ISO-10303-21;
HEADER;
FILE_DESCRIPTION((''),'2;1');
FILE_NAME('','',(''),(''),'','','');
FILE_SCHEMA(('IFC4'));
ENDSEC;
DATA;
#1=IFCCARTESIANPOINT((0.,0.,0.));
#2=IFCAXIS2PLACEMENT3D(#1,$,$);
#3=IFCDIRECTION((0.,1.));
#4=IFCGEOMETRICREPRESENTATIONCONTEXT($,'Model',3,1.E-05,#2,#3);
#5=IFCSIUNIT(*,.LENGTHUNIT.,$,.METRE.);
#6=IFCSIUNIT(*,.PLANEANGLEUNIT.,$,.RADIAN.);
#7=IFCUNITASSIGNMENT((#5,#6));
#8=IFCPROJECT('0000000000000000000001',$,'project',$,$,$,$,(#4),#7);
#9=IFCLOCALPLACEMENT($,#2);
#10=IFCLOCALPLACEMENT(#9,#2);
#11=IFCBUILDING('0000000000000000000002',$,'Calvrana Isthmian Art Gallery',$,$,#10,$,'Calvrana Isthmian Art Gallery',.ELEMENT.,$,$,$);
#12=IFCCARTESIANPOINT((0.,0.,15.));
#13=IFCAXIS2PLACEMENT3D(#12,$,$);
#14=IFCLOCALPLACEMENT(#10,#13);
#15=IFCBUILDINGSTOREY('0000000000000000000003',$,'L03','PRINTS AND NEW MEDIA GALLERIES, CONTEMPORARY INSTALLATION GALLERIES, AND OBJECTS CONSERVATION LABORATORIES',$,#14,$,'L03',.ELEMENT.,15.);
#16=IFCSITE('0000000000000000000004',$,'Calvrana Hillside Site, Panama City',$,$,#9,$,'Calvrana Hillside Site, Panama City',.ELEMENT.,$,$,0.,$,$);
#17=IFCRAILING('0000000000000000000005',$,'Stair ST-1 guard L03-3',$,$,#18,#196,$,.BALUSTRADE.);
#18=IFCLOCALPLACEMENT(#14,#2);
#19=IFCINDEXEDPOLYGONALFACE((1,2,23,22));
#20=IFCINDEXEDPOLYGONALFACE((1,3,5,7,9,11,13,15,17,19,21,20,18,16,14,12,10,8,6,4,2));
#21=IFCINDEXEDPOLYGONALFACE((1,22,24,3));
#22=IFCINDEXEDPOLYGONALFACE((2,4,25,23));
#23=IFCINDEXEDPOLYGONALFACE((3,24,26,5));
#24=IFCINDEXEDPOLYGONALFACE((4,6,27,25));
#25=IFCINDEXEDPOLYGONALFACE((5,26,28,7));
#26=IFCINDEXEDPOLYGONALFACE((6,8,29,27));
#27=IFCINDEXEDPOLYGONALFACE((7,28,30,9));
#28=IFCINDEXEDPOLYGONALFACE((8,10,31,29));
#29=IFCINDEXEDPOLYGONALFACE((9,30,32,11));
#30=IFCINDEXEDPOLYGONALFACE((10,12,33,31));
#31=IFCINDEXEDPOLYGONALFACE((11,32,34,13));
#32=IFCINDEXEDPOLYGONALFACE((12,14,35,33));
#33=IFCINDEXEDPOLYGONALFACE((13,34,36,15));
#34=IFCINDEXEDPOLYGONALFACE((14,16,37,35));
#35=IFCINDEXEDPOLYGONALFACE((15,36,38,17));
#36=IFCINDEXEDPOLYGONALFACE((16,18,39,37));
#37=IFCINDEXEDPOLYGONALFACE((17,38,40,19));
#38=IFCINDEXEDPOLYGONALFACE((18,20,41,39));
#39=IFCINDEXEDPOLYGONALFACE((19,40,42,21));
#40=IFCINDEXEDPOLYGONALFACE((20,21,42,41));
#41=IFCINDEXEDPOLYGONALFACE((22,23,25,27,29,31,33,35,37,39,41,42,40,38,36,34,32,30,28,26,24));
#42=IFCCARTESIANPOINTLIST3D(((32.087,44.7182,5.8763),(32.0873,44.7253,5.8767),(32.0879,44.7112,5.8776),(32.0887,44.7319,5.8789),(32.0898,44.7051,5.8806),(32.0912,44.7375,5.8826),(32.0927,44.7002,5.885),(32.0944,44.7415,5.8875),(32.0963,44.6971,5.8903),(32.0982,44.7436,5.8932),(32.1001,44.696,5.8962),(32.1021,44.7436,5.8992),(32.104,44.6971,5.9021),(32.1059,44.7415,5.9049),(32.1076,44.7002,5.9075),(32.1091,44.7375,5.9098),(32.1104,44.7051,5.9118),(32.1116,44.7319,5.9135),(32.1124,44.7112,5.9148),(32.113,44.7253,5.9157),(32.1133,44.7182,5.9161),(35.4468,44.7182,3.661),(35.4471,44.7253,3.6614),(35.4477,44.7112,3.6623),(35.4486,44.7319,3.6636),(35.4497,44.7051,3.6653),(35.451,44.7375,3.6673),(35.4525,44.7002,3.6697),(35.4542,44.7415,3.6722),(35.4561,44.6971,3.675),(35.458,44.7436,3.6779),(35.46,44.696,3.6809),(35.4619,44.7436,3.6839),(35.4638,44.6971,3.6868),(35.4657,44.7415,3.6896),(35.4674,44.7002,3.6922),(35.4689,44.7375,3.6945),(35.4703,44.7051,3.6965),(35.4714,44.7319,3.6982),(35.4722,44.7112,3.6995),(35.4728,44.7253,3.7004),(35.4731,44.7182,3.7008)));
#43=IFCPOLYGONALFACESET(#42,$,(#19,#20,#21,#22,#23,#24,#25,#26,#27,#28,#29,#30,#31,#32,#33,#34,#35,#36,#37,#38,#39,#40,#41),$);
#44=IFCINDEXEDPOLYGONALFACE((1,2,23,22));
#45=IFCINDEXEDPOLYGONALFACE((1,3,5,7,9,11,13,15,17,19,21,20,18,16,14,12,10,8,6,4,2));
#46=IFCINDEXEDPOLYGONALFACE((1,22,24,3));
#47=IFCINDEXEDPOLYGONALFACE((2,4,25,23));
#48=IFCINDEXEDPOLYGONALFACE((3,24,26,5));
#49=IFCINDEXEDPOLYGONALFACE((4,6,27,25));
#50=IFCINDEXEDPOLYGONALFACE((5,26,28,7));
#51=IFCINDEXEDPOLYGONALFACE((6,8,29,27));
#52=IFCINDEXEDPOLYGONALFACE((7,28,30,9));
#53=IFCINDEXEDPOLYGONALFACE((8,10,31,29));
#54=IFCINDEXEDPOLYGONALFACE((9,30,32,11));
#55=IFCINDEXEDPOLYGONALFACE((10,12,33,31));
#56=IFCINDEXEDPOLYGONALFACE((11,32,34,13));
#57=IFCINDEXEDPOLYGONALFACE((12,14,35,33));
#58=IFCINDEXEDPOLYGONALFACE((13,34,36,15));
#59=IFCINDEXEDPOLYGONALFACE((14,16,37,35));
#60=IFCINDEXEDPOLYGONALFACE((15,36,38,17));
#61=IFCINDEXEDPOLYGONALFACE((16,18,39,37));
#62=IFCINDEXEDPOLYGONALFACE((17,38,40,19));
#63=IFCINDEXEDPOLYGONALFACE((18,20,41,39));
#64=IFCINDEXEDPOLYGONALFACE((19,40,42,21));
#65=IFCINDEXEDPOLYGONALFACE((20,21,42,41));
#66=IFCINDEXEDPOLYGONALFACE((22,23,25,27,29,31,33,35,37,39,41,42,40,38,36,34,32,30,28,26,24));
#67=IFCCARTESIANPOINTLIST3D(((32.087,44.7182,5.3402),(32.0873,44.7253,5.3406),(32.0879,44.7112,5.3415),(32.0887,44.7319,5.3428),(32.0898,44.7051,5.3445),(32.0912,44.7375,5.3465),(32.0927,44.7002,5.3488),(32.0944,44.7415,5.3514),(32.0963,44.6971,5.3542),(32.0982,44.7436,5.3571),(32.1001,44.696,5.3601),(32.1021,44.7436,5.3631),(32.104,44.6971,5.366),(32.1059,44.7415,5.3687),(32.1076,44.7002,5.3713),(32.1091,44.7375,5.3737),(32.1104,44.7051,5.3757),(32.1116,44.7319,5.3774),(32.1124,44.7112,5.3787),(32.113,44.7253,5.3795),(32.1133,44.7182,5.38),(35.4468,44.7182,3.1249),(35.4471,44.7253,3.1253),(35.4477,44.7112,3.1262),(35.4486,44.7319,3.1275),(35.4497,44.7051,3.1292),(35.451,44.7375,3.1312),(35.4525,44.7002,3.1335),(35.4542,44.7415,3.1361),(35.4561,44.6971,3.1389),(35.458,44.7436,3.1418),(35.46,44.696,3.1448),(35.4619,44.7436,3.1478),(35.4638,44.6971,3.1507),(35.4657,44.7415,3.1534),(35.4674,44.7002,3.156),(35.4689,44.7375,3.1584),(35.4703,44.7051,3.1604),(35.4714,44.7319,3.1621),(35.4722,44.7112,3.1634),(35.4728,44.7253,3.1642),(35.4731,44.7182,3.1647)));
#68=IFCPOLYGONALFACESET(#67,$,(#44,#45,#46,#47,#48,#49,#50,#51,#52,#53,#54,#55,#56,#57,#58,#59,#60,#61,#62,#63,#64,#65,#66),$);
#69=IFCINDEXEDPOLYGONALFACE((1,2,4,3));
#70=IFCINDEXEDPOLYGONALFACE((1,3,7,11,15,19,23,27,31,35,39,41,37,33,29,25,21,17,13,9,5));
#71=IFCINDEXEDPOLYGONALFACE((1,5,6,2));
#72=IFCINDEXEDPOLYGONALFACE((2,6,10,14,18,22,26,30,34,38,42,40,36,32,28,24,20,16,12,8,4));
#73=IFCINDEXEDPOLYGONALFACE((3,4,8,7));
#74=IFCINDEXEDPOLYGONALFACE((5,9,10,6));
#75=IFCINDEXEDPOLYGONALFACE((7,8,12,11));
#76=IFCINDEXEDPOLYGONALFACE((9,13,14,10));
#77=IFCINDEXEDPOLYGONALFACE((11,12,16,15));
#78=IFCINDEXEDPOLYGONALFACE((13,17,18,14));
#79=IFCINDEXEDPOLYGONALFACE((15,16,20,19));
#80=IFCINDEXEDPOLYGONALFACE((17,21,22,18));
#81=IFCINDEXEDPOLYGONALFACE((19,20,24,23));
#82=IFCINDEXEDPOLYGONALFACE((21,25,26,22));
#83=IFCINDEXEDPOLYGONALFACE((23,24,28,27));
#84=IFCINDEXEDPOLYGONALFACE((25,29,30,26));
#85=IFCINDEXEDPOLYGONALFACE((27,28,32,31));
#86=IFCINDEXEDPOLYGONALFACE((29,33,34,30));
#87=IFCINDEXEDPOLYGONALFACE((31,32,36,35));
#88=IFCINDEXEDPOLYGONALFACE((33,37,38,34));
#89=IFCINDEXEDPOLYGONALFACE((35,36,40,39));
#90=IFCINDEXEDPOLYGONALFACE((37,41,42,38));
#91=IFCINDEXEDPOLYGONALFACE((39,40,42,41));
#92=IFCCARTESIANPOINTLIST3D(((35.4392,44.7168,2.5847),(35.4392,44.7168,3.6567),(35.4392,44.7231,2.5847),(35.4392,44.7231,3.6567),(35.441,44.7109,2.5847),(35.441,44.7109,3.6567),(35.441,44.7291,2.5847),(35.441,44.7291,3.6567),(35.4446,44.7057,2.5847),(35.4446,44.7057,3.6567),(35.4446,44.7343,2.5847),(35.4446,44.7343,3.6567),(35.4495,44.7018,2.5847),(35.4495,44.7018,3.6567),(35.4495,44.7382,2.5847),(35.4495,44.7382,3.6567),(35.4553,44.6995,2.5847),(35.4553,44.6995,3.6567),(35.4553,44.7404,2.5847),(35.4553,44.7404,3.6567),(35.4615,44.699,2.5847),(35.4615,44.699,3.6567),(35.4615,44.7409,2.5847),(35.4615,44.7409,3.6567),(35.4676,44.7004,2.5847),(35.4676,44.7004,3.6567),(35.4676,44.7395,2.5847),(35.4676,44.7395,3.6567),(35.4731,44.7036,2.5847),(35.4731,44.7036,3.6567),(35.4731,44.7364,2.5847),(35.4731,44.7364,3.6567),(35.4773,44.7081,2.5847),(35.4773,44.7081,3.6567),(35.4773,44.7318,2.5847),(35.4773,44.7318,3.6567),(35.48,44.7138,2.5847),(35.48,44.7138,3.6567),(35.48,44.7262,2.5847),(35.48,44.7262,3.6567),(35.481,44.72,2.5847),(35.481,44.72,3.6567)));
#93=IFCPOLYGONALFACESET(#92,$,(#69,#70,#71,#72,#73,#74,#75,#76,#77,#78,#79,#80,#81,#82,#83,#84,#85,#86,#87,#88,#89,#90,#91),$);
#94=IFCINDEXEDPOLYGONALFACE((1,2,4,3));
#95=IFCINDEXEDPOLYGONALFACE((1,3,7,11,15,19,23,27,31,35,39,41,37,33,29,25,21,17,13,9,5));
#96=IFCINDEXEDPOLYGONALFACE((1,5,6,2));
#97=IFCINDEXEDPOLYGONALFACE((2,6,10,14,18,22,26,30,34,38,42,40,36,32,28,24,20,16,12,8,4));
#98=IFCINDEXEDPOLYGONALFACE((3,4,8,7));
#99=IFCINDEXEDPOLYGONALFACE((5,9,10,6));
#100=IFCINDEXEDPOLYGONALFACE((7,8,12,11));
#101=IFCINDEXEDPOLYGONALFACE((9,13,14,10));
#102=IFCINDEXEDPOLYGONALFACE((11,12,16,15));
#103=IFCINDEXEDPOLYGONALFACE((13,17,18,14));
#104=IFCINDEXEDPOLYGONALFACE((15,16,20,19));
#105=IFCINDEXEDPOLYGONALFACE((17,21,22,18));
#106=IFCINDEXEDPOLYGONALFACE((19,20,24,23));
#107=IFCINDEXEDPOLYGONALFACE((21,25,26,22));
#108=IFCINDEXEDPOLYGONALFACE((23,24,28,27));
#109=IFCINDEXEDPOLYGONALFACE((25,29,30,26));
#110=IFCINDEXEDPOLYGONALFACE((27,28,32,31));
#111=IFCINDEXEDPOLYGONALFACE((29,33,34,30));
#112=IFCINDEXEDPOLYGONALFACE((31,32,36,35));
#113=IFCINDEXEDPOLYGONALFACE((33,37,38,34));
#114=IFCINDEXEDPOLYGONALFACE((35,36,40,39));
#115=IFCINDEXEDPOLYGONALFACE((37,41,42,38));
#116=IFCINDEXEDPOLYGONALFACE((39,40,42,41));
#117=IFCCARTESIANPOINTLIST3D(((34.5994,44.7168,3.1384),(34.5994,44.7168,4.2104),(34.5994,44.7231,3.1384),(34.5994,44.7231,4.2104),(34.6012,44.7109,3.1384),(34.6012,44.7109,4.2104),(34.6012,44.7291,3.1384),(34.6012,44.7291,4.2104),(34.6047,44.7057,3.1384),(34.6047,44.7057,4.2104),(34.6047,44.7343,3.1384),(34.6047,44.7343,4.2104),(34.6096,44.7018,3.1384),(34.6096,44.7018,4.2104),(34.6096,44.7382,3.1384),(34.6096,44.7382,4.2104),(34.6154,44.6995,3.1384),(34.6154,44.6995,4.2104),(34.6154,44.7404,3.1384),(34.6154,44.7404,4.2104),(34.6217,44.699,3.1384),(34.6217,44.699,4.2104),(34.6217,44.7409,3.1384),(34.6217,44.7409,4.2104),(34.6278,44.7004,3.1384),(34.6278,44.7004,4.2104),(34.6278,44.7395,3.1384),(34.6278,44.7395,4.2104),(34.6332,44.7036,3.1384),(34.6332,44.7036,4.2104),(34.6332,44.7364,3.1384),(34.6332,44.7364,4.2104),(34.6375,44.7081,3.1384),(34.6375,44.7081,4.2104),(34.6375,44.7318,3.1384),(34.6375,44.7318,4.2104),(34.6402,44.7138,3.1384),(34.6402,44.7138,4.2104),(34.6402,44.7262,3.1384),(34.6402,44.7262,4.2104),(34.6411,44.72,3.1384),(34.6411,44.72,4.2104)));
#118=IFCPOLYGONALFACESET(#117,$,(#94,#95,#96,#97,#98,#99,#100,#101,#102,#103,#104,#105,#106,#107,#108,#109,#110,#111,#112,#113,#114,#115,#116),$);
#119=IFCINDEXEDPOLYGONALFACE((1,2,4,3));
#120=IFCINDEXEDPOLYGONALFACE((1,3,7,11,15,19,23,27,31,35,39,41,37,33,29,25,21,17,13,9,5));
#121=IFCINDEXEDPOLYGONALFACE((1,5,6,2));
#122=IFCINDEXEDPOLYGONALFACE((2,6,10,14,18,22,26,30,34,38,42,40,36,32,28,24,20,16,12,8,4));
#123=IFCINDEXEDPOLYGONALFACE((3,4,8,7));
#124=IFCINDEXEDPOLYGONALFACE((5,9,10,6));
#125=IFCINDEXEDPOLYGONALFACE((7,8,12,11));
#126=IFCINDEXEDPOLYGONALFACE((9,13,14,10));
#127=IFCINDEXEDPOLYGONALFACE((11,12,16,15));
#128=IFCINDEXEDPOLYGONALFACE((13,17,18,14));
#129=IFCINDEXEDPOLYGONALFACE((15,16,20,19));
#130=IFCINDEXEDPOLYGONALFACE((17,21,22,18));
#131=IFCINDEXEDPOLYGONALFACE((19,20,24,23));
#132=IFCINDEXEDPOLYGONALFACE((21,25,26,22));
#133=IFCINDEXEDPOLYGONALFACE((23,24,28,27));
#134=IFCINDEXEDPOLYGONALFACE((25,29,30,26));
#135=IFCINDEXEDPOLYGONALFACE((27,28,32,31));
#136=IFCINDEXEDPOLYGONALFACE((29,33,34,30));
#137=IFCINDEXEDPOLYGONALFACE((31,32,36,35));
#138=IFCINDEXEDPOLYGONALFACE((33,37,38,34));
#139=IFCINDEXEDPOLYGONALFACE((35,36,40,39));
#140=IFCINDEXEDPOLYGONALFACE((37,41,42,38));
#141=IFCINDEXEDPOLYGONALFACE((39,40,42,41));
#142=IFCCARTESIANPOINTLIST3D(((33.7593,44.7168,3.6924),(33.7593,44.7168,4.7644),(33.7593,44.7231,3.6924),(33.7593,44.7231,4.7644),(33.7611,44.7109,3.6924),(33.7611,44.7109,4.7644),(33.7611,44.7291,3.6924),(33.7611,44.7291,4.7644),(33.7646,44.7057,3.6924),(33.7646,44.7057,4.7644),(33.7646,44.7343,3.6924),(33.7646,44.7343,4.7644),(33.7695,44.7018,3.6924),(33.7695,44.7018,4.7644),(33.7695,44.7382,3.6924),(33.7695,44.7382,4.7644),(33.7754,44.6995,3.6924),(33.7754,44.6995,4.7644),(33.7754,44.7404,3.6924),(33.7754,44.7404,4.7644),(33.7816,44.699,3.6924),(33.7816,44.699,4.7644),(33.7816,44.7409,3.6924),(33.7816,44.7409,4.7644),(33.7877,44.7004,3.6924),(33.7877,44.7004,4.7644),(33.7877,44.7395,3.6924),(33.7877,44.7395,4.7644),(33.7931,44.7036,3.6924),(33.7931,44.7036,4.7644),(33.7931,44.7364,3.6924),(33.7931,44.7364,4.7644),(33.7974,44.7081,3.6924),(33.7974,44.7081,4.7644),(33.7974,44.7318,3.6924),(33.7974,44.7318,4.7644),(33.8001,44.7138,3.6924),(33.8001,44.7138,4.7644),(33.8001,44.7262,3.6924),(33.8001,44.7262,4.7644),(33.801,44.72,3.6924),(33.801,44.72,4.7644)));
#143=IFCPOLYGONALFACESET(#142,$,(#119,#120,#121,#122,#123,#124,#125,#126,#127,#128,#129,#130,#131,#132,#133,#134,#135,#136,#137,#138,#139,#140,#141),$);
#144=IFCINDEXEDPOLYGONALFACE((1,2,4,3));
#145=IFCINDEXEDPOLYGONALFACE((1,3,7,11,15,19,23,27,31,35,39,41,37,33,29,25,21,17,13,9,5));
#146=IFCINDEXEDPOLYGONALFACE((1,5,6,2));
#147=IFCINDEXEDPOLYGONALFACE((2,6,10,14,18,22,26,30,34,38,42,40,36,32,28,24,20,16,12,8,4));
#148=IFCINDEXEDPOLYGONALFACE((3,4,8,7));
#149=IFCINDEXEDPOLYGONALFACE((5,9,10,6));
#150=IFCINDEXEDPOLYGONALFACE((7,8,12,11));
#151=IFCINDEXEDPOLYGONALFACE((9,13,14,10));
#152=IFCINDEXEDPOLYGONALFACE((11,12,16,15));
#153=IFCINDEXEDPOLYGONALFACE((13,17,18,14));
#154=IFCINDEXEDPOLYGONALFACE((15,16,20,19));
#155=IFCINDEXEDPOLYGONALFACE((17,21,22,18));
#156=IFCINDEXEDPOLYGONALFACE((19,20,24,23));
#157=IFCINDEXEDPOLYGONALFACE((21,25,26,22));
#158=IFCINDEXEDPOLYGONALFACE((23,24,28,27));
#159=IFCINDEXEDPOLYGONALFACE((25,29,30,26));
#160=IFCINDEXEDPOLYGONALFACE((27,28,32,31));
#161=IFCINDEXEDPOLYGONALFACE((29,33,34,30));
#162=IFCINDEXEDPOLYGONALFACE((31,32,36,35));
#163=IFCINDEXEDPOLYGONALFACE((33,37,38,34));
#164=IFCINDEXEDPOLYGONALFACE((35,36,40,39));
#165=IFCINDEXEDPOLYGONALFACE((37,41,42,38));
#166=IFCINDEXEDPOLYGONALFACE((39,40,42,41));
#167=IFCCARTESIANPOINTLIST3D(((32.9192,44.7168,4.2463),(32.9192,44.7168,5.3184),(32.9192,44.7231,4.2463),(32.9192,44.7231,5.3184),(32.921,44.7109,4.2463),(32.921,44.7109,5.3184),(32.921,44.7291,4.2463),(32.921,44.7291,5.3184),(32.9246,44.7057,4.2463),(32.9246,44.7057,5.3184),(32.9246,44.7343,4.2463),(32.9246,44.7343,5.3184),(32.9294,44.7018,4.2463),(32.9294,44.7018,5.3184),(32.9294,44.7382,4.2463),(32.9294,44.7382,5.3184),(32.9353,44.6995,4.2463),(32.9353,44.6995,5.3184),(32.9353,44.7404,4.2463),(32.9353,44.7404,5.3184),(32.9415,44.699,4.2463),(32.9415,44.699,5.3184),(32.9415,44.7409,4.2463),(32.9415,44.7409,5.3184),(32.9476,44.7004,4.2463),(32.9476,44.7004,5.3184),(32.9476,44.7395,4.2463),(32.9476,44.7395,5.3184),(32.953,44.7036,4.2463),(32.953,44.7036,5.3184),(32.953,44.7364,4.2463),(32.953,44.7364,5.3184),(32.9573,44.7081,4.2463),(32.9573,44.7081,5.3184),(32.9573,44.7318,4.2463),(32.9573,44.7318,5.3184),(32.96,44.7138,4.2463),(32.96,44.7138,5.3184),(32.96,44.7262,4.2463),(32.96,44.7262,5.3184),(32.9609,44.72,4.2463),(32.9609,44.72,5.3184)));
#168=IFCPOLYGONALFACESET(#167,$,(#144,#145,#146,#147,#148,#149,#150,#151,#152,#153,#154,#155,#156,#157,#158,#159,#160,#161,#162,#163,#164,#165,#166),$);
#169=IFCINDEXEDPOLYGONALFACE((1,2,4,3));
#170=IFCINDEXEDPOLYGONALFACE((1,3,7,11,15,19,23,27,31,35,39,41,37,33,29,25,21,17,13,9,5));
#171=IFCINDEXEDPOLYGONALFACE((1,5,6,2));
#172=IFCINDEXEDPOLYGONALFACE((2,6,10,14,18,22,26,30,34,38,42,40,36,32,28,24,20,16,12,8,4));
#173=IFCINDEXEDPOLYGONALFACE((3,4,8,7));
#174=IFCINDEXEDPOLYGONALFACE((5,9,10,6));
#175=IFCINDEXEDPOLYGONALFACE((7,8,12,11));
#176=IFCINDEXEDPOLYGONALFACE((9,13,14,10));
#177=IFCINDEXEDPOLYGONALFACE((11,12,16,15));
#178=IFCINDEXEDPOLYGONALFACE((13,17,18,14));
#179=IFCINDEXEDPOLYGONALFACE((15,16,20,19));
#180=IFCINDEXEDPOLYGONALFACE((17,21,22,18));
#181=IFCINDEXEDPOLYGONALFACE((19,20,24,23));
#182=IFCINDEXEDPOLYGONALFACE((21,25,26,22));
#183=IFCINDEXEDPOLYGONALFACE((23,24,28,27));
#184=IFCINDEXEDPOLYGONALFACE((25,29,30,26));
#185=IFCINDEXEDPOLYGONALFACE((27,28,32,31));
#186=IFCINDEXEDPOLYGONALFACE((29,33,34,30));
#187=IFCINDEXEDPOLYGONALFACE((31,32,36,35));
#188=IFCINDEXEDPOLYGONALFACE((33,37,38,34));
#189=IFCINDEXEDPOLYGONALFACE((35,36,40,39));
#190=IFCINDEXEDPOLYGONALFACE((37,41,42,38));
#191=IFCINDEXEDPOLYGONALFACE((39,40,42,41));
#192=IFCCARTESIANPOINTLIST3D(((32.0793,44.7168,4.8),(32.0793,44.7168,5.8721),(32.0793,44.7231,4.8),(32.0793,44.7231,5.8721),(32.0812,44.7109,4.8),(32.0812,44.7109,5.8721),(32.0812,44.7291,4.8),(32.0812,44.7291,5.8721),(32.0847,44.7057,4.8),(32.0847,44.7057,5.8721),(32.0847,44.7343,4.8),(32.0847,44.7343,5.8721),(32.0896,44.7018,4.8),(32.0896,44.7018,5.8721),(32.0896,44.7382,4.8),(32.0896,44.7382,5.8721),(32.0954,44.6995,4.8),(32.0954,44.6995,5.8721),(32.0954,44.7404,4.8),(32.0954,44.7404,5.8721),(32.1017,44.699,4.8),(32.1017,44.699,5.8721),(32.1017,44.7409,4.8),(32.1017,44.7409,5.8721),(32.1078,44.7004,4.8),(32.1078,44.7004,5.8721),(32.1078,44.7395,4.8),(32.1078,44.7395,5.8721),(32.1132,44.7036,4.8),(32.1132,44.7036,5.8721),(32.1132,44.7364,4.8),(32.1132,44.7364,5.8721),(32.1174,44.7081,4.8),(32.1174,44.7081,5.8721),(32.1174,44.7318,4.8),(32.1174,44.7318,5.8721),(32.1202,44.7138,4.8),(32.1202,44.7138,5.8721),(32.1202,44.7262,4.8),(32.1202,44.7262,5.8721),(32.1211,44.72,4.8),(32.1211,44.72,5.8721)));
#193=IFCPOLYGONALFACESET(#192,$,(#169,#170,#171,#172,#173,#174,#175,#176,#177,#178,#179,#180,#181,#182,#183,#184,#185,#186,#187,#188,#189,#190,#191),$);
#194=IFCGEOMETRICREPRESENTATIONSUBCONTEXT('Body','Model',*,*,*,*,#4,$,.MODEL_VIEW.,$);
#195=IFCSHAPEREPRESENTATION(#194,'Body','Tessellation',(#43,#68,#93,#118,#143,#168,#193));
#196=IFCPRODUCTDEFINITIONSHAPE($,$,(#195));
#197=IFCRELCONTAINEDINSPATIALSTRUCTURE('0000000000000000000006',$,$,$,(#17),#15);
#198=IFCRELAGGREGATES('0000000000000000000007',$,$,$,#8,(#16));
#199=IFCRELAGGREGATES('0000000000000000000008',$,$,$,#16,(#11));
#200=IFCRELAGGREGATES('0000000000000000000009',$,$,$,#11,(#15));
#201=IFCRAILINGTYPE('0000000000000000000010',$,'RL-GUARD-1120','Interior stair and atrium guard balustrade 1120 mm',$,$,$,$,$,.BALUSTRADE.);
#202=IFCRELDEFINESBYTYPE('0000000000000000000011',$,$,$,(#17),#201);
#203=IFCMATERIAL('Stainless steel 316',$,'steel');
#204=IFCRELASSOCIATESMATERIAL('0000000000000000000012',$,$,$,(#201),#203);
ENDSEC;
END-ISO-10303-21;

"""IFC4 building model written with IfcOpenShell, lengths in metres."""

from ifc_helpers import new_model, si_unit, direction, frame, origin, origin_2d, place, context, subcontext, project, spatial, circle, extrude, material, type_object, element, save


model = new_model("IFC4")

# Units and contexts
model_context = context("Model", 3, precision=1e-05, world=origin(), true_north=direction((0.0, 1.0)))
body_context = subcontext(model_context, "Body", "Model", "MODEL_VIEW")
ifc_project = project(units=[si_unit("LENGTHUNIT", "METRE"), si_unit("PLANEANGLEUNIT", "RADIAN")], contexts=[model_context])

# Site, building, storey
site_placement = place(None, origin())
site = spatial("IfcSite", under=ifc_project, at=site_placement, Name="Calvrana Hillside Site, Panama City", LongName="Calvrana Hillside Site, Panama City", CompositionType="ELEMENT", RefElevation=0.0)
building_placement = place(site_placement, origin())
building = spatial("IfcBuilding", under=site, at=building_placement, Name="Calvrana Isthmian Art Gallery", LongName="Calvrana Isthmian Art Gallery", CompositionType="ELEMENT")
storey_placement = place(building_placement, frame((0.0, 0.0, 15.0)))
storey = spatial("IfcBuildingStorey", under=building, at=storey_placement, Name="L03", Description="PRINTS AND NEW MEDIA GALLERIES, CONTEMPORARY INSTALLATION GALLERIES, AND OBJECTS CONSERVATION LABORATORIES", LongName="L03", CompositionType="ELEMENT", Elevation=15.0)

# Railing
ifc_material_1 = material(Name="Stainless steel 316", Category="steel")
railing_type_1 = type_object("IfcRailingType", Name="RL-GUARD-1120", Description="Interior stair and atrium guard balustrade 1120 mm", PredefinedType="BALUSTRADE", material=ifc_material_1)
railing_1_placement = place(storey_placement, frame((35.46, 44.72, 2.5847)))
element("IfcRailing", 1, at=railing_1_placement, inside=storey, type_object=railing_type_1, Name="Stair ST-1 guard L03-3", PredefinedType="BALUSTRADE", context=body_context, shape_type="SweptSolid", body=[
    extrude(circle(Radius=0.0239, at=origin_2d()), frame((0.0, 0.0, 1.0962), z_axis=(-0.834858, 0.0, 0.550465), x_axis=(0.0, -1.0, 0.0)), (0.0, 0.0, 1.0), 4.0244),
    extrude(circle(Radius=0.0239, at=origin_2d()), frame((0.0, 0.0, 0.5601), z_axis=(-0.834858, 0.0, 0.550465), x_axis=(0.0, -1.0, 0.0)), (0.0, 0.0, 1.0), 4.0244),
    extrude(circle(Radius=0.021, at=origin_2d()), origin(), (0.0, 0.0, 1.0), 1.072),
    extrude(circle(Radius=0.021, at=origin_2d()), frame((-0.8398, 0.0, 0.5537)), (0.0, 0.0, 1.0), 1.072),
    extrude(circle(Radius=0.021, at=origin_2d()), frame((-1.6799, 0.0, 1.1077)), (0.0, 0.0, 1.0), 1.072),
    extrude(circle(Radius=0.021, at=origin_2d()), frame((-2.52, 0.0, 1.6616)), (0.0, 0.0, 1.0), 1.072),
    extrude(circle(Radius=0.021, at=origin_2d()), frame((-3.3599, 0.0, 2.2153)), (0.0, 0.0, 1.0), 1.072),
])

save(model, "model.ifc")
